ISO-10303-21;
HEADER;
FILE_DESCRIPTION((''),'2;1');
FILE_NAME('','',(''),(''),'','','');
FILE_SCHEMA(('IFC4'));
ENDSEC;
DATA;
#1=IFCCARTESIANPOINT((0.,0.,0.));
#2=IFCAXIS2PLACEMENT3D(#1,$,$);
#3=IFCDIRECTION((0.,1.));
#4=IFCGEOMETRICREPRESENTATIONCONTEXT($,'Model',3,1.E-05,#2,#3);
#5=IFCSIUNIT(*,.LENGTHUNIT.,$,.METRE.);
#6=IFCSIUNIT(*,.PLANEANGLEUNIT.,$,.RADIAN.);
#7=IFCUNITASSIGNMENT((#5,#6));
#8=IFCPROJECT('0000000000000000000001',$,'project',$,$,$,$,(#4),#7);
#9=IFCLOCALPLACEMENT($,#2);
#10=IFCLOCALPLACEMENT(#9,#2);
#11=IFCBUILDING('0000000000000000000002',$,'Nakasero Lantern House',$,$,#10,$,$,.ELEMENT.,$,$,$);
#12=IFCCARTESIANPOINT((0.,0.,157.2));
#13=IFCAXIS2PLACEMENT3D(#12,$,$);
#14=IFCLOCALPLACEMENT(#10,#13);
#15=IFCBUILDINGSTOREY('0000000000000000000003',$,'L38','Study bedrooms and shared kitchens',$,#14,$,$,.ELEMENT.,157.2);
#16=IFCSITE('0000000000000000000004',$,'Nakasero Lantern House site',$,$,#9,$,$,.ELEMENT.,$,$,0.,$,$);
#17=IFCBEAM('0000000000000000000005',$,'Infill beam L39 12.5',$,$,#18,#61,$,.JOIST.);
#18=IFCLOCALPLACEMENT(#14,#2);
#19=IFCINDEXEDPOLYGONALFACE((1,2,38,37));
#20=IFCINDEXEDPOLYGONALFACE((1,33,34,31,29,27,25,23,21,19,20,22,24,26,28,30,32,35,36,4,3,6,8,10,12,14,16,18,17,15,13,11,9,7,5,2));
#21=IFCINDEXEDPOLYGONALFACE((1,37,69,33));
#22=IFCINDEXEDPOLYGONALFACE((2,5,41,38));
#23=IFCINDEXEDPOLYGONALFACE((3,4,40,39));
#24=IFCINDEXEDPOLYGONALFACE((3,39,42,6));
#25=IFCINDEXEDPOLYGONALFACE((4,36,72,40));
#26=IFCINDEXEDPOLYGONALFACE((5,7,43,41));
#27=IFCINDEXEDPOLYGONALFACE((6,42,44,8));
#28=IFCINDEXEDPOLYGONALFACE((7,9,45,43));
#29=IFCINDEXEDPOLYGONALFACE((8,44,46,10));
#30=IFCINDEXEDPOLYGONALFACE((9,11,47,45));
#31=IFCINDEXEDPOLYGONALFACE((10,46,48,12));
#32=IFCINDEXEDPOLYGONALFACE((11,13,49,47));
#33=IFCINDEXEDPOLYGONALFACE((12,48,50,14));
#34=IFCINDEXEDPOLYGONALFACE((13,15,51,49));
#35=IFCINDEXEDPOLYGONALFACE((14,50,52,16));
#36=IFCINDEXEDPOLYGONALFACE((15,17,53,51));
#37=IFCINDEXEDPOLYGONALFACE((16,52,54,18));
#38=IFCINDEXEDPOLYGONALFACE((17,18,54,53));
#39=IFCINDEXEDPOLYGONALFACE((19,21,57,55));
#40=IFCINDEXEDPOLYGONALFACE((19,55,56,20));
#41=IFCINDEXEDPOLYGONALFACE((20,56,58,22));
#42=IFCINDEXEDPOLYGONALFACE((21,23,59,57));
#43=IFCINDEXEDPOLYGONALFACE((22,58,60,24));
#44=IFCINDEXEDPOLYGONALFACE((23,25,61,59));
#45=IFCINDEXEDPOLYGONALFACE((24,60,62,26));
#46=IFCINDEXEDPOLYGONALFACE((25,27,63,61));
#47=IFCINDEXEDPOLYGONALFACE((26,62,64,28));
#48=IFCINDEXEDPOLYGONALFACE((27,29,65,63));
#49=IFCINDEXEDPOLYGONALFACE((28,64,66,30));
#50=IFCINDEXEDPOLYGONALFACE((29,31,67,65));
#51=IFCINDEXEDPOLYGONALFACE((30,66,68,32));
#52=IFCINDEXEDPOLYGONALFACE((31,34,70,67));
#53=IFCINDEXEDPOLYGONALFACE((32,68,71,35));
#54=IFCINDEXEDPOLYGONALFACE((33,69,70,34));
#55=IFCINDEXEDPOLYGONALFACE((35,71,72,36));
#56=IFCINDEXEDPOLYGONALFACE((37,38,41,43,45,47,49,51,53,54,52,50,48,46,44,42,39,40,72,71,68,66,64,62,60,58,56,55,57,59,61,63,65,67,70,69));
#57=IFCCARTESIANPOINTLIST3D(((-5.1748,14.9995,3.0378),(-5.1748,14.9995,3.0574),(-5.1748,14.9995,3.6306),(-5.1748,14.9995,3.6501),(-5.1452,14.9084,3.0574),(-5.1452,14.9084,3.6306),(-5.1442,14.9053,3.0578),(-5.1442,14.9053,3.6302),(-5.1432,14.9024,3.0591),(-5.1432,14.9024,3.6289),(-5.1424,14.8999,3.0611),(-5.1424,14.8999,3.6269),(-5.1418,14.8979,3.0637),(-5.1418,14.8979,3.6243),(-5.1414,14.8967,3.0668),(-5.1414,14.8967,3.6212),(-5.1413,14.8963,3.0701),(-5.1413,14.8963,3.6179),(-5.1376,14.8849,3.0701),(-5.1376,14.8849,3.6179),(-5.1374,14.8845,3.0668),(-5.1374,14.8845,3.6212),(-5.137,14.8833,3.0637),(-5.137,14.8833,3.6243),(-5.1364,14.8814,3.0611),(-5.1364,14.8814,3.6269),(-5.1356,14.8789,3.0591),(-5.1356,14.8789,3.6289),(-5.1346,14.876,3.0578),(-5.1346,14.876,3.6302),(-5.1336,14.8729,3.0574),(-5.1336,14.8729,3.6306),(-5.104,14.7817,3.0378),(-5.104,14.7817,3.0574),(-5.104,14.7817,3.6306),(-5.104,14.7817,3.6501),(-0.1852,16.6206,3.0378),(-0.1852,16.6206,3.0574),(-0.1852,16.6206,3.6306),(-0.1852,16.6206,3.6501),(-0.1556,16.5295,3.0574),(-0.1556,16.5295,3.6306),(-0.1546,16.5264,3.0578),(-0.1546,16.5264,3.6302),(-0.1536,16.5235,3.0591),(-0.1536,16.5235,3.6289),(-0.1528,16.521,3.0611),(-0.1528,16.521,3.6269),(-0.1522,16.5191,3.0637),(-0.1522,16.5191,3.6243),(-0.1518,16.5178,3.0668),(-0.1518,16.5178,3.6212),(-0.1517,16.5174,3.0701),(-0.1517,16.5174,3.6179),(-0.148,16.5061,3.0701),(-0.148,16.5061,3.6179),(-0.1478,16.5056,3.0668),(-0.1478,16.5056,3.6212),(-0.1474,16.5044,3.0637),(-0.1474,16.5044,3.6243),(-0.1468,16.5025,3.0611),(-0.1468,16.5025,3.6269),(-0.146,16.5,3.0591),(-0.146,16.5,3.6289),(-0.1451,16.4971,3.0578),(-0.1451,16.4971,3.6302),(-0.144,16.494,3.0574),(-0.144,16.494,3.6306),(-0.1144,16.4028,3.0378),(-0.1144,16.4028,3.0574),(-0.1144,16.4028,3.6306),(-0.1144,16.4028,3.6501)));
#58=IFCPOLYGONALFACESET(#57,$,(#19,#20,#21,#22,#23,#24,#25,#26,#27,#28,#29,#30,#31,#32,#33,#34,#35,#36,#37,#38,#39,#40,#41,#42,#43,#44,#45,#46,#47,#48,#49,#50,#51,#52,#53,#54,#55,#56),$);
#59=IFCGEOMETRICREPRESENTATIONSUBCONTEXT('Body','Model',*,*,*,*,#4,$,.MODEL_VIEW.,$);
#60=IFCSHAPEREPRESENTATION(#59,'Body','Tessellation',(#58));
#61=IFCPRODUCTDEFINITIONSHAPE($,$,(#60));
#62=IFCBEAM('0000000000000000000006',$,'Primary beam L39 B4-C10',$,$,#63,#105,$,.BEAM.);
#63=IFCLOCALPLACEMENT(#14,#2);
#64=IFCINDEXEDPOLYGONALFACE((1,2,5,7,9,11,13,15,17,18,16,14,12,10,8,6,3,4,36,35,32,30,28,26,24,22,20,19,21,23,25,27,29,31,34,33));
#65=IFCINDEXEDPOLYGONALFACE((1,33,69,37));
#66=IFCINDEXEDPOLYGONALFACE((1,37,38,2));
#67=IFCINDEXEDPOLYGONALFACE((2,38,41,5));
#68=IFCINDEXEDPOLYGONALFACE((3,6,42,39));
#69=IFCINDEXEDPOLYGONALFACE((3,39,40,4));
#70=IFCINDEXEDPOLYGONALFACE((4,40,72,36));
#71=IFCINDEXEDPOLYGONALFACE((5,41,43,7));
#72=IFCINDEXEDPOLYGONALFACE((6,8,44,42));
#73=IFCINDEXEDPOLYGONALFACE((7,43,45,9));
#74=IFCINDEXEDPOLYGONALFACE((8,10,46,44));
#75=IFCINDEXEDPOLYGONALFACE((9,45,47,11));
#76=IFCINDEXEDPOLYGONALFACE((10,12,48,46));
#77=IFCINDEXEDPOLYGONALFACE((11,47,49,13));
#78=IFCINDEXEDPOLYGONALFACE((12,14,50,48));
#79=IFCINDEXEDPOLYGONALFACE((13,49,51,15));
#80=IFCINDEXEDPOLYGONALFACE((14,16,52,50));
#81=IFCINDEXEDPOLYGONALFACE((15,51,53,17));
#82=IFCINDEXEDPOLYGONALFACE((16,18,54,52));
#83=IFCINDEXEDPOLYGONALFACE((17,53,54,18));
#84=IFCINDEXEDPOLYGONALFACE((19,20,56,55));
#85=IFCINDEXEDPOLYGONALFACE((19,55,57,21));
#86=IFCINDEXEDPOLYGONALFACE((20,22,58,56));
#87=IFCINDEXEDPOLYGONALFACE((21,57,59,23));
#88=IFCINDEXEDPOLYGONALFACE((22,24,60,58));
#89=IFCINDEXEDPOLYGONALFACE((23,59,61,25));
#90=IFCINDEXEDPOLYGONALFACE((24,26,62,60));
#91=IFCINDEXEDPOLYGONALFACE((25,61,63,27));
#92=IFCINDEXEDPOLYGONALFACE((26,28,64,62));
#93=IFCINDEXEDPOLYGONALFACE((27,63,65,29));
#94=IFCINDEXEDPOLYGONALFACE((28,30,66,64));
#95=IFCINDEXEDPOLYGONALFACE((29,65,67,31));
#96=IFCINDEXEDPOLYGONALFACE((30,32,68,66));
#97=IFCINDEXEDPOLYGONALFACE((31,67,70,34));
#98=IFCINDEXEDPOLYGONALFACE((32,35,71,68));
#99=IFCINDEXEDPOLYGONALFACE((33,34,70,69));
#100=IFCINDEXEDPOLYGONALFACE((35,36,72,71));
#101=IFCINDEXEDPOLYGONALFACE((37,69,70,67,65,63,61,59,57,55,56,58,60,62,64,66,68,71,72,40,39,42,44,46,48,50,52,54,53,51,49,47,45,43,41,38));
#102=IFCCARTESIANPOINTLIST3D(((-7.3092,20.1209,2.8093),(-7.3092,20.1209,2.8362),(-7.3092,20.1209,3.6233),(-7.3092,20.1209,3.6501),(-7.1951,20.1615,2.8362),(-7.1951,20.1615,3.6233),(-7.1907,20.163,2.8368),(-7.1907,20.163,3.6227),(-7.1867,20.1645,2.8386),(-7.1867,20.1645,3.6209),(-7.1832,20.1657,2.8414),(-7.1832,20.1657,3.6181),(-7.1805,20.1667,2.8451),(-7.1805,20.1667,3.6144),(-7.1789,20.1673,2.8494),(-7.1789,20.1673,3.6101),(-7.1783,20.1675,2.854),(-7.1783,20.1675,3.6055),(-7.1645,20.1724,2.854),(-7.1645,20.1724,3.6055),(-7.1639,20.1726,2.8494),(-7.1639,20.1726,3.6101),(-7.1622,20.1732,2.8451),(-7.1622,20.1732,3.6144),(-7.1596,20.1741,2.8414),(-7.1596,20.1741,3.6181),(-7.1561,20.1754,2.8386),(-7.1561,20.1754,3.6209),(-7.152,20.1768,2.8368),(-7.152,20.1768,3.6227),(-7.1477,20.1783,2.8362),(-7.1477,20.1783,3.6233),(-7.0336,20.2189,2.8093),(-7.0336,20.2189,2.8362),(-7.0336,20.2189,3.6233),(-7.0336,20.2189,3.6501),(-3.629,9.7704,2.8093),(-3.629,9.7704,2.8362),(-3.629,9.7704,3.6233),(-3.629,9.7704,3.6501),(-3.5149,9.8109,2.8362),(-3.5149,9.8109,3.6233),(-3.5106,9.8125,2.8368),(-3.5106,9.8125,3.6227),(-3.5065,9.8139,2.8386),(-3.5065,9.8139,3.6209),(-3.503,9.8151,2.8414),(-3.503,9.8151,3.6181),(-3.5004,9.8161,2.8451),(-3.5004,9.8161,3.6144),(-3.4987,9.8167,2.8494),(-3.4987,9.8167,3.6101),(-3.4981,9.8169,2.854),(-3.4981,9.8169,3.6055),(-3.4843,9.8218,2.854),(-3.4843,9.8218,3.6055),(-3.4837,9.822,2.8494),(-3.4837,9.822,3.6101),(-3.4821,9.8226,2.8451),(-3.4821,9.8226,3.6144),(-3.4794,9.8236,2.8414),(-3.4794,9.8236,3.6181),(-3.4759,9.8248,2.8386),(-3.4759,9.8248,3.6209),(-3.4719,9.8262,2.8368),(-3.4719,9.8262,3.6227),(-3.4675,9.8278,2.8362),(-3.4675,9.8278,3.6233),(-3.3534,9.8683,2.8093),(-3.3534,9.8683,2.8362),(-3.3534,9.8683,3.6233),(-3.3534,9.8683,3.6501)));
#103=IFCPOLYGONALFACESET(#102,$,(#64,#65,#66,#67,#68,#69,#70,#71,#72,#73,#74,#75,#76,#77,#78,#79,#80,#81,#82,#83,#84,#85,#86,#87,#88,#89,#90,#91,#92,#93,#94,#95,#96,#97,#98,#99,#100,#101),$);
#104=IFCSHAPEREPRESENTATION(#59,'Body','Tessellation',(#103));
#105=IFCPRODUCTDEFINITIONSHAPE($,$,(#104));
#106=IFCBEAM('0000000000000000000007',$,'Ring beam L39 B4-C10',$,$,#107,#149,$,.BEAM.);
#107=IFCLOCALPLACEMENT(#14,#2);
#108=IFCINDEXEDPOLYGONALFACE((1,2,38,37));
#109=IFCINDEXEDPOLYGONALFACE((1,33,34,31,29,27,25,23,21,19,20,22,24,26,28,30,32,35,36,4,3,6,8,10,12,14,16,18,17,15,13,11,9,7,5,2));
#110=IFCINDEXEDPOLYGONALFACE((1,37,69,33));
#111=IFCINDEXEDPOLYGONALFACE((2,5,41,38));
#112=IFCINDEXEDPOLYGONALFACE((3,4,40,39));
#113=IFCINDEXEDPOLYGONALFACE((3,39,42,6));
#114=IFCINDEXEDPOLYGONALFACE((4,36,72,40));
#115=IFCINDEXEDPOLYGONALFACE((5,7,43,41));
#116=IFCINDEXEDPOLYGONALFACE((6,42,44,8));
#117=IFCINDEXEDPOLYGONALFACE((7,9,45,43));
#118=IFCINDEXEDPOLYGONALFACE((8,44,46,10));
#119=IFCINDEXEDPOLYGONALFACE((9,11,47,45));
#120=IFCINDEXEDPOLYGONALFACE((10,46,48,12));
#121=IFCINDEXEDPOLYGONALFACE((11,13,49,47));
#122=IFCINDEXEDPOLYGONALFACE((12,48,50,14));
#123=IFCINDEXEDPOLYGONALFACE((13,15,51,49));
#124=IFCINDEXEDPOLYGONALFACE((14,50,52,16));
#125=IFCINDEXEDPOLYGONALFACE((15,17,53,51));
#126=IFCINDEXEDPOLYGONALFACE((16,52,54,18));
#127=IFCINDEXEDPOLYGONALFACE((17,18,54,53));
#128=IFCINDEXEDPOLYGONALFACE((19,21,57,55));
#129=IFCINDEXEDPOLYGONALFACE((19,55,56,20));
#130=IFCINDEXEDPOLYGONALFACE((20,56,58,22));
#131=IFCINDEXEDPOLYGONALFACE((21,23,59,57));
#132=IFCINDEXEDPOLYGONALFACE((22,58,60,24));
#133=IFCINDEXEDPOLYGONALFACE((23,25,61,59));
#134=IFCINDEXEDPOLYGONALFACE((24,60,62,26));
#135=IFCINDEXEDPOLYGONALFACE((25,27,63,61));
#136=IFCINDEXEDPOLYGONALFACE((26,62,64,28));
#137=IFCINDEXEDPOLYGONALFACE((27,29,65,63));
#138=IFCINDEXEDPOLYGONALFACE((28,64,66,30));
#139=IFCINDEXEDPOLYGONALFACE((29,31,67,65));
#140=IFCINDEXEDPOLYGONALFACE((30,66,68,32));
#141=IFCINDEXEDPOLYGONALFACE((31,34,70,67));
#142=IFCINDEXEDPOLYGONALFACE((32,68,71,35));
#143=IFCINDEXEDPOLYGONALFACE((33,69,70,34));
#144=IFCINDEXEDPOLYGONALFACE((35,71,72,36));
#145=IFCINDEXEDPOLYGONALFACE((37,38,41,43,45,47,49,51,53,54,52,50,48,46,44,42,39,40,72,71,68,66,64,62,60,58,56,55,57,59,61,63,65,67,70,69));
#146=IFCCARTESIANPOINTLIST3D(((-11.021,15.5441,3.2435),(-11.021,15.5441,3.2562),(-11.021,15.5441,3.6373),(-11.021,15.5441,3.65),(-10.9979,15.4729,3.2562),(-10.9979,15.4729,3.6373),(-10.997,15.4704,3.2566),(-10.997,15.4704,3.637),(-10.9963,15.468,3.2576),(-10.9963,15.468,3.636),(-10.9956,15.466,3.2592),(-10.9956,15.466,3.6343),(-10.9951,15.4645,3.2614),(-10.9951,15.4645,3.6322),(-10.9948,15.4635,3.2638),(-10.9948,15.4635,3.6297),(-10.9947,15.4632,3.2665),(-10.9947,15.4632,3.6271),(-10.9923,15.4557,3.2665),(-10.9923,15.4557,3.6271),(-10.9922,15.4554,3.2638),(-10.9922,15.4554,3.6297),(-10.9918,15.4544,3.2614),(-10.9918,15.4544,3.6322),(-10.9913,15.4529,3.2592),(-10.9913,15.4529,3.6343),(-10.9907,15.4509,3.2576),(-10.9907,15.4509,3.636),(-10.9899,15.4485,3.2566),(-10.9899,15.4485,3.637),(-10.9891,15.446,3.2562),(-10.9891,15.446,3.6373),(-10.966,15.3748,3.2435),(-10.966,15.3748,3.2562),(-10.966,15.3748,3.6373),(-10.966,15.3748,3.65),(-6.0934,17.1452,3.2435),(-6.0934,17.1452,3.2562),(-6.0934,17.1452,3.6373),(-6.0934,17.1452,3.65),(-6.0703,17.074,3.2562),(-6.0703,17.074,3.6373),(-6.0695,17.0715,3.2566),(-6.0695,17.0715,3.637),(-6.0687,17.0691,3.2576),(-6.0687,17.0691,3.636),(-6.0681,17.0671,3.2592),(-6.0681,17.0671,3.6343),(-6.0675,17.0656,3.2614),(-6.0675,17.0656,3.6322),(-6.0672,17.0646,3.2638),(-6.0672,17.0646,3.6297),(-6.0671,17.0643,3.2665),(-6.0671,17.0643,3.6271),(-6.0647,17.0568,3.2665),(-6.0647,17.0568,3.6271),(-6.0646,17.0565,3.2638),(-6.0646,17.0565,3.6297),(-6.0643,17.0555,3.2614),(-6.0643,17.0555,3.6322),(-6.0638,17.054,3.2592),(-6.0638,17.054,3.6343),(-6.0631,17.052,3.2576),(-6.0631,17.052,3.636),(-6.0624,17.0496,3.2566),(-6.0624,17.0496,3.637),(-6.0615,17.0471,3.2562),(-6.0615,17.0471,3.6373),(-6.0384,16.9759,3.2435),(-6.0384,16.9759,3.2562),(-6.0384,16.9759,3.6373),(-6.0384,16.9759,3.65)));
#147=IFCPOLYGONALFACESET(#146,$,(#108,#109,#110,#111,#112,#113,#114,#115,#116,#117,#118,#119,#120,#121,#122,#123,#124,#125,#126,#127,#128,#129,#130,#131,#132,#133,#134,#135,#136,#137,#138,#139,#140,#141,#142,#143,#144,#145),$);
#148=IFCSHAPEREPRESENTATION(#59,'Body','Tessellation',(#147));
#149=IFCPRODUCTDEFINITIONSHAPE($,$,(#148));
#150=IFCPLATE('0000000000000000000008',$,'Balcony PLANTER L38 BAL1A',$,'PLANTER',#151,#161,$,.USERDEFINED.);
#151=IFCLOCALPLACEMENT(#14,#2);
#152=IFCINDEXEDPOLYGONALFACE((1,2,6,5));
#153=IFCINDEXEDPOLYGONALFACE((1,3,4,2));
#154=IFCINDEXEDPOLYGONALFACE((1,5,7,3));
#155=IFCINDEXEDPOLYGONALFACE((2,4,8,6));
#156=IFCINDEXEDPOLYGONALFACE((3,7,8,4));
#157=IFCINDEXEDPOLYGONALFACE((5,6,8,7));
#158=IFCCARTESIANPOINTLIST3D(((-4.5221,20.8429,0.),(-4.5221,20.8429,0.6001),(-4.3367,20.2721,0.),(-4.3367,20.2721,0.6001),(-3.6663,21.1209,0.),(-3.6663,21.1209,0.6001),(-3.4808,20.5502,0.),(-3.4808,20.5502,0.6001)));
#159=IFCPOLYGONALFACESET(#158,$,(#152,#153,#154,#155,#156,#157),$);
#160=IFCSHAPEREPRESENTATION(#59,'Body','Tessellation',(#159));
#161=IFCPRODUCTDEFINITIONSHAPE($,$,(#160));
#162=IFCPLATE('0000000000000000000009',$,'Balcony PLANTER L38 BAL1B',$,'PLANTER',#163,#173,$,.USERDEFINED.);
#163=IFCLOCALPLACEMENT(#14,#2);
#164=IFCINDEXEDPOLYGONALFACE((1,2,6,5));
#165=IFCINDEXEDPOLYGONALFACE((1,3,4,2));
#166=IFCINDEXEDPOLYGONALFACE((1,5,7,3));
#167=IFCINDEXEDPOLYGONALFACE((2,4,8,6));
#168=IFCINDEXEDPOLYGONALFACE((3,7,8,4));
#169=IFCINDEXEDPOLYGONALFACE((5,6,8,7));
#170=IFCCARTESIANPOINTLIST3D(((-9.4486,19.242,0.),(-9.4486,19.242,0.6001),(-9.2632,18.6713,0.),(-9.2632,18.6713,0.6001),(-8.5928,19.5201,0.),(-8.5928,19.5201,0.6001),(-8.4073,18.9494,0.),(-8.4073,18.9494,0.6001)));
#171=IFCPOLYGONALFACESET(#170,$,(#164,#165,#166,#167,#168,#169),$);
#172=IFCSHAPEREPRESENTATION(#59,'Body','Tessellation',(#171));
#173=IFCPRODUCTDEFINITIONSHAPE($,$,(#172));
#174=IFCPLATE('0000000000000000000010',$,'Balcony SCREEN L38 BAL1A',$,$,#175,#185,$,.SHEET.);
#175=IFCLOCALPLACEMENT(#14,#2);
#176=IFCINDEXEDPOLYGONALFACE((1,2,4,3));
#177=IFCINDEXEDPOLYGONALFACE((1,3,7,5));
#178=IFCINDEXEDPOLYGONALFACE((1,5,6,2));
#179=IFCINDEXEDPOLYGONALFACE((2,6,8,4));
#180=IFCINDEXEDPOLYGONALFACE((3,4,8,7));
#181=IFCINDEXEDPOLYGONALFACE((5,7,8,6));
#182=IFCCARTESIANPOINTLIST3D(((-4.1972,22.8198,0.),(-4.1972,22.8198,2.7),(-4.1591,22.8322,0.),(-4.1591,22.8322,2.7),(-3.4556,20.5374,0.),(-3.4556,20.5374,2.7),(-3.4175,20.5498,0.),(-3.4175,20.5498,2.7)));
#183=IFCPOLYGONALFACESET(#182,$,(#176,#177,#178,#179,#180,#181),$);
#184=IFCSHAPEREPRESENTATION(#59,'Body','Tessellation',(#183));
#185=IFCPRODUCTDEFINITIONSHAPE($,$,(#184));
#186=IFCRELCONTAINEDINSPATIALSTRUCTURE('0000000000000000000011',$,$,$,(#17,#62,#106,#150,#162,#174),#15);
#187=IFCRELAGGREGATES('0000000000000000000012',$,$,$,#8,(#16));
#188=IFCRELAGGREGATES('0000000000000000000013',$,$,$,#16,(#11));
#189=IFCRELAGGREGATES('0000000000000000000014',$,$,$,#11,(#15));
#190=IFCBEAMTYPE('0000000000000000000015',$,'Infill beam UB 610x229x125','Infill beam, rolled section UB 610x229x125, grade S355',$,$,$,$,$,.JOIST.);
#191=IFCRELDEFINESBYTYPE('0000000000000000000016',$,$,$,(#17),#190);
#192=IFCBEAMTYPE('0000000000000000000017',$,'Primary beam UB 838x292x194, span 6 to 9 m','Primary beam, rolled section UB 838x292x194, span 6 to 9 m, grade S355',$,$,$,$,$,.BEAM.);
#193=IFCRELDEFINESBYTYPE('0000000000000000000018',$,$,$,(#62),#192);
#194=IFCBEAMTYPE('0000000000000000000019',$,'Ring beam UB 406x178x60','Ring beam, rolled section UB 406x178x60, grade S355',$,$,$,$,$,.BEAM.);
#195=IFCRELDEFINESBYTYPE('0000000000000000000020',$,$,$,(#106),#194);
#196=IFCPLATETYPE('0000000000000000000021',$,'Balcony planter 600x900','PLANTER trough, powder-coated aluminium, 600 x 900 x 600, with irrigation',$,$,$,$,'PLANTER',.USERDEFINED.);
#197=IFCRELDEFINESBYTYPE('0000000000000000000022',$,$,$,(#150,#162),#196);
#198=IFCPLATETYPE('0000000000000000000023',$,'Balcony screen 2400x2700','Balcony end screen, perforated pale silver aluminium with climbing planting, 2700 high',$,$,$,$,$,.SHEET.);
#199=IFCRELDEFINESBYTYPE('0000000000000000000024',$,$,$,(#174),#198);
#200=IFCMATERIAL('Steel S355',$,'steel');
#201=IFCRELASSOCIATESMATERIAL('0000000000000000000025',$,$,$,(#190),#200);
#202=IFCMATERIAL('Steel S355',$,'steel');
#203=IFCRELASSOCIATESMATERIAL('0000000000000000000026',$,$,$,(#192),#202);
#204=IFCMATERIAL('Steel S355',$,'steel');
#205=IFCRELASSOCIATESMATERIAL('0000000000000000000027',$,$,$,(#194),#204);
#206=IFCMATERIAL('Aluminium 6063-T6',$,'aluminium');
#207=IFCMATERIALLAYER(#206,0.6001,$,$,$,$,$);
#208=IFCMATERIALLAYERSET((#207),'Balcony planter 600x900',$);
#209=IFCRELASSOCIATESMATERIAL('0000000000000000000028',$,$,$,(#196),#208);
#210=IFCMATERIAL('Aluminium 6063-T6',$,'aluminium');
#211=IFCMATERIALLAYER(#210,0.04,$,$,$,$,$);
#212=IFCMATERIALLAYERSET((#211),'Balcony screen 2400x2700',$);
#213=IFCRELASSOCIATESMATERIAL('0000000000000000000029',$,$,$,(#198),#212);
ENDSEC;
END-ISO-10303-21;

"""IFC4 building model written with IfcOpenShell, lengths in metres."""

from ifc_helpers import new_model, si_unit, direction, frame, origin, origin_2d, place, context, subcontext, project, spatial, rectangle, i_section, extrude, material, layer, layer_set, material_profile, profile_set, type_object, element, save


model = new_model("IFC4")

# Units and contexts
model_context = context("Model", 3, precision=1e-05, world=origin(), true_north=direction((0.0, 1.0)))
body_context = subcontext(model_context, "Body", "Model", "MODEL_VIEW")
ifc_project = project(units=[si_unit("LENGTHUNIT", "METRE"), si_unit("PLANEANGLEUNIT", "RADIAN")], contexts=[model_context])

# Site, building, storey
site_placement = place(None, origin())
site = spatial("IfcSite", under=ifc_project, at=site_placement, Name="Nakasero Lantern House site", CompositionType="ELEMENT", RefElevation=0.0)
building_placement = place(site_placement, origin())
building = spatial("IfcBuilding", under=site, at=building_placement, Name="Nakasero Lantern House", CompositionType="ELEMENT")
storey_placement = place(building_placement, frame((0.0, 0.0, 157.2)))
storey = spatial("IfcBuildingStorey", under=building, at=storey_placement, Name="L38", Description="Study bedrooms and shared kitchens", CompositionType="ELEMENT", Elevation=157.2)

# Beams
ifc_material_1 = material(Name="Steel S355", Category="steel")
ifc_material_profile_1 = material_profile(ifc_material_1, i_section(OverallWidth=0.229, OverallDepth=0.6123, WebThickness=0.012, FlangeThickness=0.0195, FilletRadius=0.0127, at=origin_2d()), Name="UB 610x229x125")
ifc_profile_set_1 = profile_set([ifc_material_profile_1], Name="Steel S355")
beam_type_1 = type_object("IfcBeamType", Name="Infill beam UB 610x229x125", Description="Infill beam, rolled section UB 610x229x125, grade S355", PredefinedType="JOIST", material=ifc_profile_set_1)
beam_1_placement = place(storey_placement, frame((-5.1394, 14.8906, 3.344), z_axis=(0.951062, 0.309001, 0.0), x_axis=(-0.309001, 0.951062, 0.0)))
element("IfcBeam", 1, at=beam_1_placement, inside=storey, type_object=beam_type_1, Name="Infill beam L39 12.5", PredefinedType="JOIST", context=body_context, shape_type="SweptSolid", body=[
    extrude(i_section(OverallWidth=0.229, OverallDepth=0.6123, WebThickness=0.012, FlangeThickness=0.0195, FilletRadius=0.0127, at=origin_2d()), origin(), (0.0, 0.0, 1.0), 5.2463),
])
ifc_material_2 = material(Name="Steel S355", Category="steel")
ifc_material_profile_2 = material_profile(ifc_material_2, i_section(OverallWidth=0.2925, OverallDepth=0.8408, WebThickness=0.0146, FlangeThickness=0.0269, FilletRadius=0.0178, at=origin_2d()), Name="UB 838x292x194")
ifc_profile_set_2 = profile_set([ifc_material_profile_2], Name="Steel S355")
beam_type_2 = type_object("IfcBeamType", Name="Primary beam UB 838x292x194, span 6 to 9 m", Description="Primary beam, rolled section UB 838x292x194, span 6 to 9 m, grade S355", PredefinedType="BEAM", material=ifc_profile_set_2)
beam_2_placement = place(storey_placement, frame((-7.1714, 20.1699, 3.2297), z_axis=(0.335007, -0.942216, 0.0), x_axis=(0.942216, 0.335007, 0.0)))
element("IfcBeam", 2, at=beam_2_placement, inside=storey, type_object=beam_type_2, Name="Primary beam L39 B4-C10", PredefinedType="BEAM", context=body_context, shape_type="SweptSolid", body=[
    extrude(i_section(OverallWidth=0.2925, OverallDepth=0.8408, WebThickness=0.0146, FlangeThickness=0.0269, FilletRadius=0.0178, at=origin_2d()), origin(), (0.0, 0.0, 1.0), 10.9854),
])
ifc_material_3 = material(Name="Steel S355", Category="steel")
ifc_material_profile_3 = material_profile(ifc_material_3, i_section(OverallWidth=0.178, OverallDepth=0.4065, WebThickness=0.0078, FlangeThickness=0.0127, FilletRadius=0.0103, at=origin_2d()), Name="UB 406x178x60")
ifc_profile_set_3 = profile_set([ifc_material_profile_3], Name="Steel S355")
beam_type_3 = type_object("IfcBeamType", Name="Ring beam UB 406x178x60", Description="Ring beam, rolled section UB 406x178x60, grade S355", PredefinedType="BEAM", material=ifc_profile_set_3)
beam_3_placement = place(storey_placement, frame((-6.0659, 17.0605, 3.4468), z_axis=(-0.951054, -0.309023, 0.0), x_axis=(0.309023, -0.951054, 0.0)))
element("IfcBeam", 3, at=beam_3_placement, inside=storey, type_object=beam_type_3, Name="Ring beam L39 B4-C10", PredefinedType="BEAM", context=body_context, shape_type="SweptSolid", body=[
    extrude(i_section(OverallWidth=0.178, OverallDepth=0.4065, WebThickness=0.0078, FlangeThickness=0.0127, FilletRadius=0.0103, at=origin_2d()), origin(), (0.0, 0.0, 1.0), 5.1812),
])

# Plates
ifc_material_4 = material(Name="Aluminium 6063-T6", Category="aluminium")
ifc_layer_1 = layer(ifc_material_4, 0.6001)
ifc_layer_set_1 = layer_set([ifc_layer_1], Name="Balcony planter 600x900")
plate_type_1 = type_object("IfcPlateType", Name="Balcony planter 600x900", Description="PLANTER trough, powder-coated aluminium, 600 x 900 x 600, with irrigation", ElementType="PLANTER", PredefinedType="USERDEFINED", material=ifc_layer_set_1)
for number, where, z_axis, x_axis, name in (
    (4, (-4.0015, 20.6965, 0.0), (0.0, 0.0, 1.0), (-0.309017, 0.951057, 0.0), "Balcony PLANTER L38 BAL1A"),
    (5, (-8.928, 19.0957, 0.0), (0.0, 0.0, 1.0), (-0.309017, 0.951057, 0.0), "Balcony PLANTER L38 BAL1B"),
):
    element("IfcPlate", number, at=place(storey_placement, frame(where, z_axis=z_axis, x_axis=x_axis)), inside=storey, type_object=plate_type_1, Name=name, ObjectType="PLANTER", PredefinedType="USERDEFINED", context=body_context, shape_type="SweptSolid", body=[
        extrude(rectangle(XDim=0.6001, YDim=0.8999, at=origin_2d()), origin(), (0.0, 0.0, 1.0), 0.6001),
    ])
ifc_material_5 = material(Name="Aluminium 6063-T6", Category="aluminium")
ifc_layer_2 = layer(ifc_material_5, 0.04)
ifc_layer_set_2 = layer_set([ifc_layer_2], Name="Balcony screen 2400x2700")
plate_type_2 = type_object("IfcPlateType", Name="Balcony screen 2400x2700", Description="Balcony end screen, perforated pale silver aluminium with climbing planting, 2700 high", PredefinedType="SHEET", material=ifc_layer_set_2)
for number, where, z_axis, x_axis, name in (
    (6, (-3.8074, 21.6848, 0.0), (0.0, 0.0, 1.0), (-0.309017, 0.951057, 0.0), "Balcony SCREEN L38 BAL1A"),
):
    element("IfcPlate", number, at=place(storey_placement, frame(where, z_axis=z_axis, x_axis=x_axis)), inside=storey, type_object=plate_type_2, Name=name, PredefinedType="SHEET", context=body_context, shape_type="SweptSolid", body=[
        extrude(rectangle(XDim=2.3999, YDim=0.04, at=origin_2d()), origin(), (0.0, 0.0, 1.0), 2.7),
    ])

save(model, "model.ifc")
